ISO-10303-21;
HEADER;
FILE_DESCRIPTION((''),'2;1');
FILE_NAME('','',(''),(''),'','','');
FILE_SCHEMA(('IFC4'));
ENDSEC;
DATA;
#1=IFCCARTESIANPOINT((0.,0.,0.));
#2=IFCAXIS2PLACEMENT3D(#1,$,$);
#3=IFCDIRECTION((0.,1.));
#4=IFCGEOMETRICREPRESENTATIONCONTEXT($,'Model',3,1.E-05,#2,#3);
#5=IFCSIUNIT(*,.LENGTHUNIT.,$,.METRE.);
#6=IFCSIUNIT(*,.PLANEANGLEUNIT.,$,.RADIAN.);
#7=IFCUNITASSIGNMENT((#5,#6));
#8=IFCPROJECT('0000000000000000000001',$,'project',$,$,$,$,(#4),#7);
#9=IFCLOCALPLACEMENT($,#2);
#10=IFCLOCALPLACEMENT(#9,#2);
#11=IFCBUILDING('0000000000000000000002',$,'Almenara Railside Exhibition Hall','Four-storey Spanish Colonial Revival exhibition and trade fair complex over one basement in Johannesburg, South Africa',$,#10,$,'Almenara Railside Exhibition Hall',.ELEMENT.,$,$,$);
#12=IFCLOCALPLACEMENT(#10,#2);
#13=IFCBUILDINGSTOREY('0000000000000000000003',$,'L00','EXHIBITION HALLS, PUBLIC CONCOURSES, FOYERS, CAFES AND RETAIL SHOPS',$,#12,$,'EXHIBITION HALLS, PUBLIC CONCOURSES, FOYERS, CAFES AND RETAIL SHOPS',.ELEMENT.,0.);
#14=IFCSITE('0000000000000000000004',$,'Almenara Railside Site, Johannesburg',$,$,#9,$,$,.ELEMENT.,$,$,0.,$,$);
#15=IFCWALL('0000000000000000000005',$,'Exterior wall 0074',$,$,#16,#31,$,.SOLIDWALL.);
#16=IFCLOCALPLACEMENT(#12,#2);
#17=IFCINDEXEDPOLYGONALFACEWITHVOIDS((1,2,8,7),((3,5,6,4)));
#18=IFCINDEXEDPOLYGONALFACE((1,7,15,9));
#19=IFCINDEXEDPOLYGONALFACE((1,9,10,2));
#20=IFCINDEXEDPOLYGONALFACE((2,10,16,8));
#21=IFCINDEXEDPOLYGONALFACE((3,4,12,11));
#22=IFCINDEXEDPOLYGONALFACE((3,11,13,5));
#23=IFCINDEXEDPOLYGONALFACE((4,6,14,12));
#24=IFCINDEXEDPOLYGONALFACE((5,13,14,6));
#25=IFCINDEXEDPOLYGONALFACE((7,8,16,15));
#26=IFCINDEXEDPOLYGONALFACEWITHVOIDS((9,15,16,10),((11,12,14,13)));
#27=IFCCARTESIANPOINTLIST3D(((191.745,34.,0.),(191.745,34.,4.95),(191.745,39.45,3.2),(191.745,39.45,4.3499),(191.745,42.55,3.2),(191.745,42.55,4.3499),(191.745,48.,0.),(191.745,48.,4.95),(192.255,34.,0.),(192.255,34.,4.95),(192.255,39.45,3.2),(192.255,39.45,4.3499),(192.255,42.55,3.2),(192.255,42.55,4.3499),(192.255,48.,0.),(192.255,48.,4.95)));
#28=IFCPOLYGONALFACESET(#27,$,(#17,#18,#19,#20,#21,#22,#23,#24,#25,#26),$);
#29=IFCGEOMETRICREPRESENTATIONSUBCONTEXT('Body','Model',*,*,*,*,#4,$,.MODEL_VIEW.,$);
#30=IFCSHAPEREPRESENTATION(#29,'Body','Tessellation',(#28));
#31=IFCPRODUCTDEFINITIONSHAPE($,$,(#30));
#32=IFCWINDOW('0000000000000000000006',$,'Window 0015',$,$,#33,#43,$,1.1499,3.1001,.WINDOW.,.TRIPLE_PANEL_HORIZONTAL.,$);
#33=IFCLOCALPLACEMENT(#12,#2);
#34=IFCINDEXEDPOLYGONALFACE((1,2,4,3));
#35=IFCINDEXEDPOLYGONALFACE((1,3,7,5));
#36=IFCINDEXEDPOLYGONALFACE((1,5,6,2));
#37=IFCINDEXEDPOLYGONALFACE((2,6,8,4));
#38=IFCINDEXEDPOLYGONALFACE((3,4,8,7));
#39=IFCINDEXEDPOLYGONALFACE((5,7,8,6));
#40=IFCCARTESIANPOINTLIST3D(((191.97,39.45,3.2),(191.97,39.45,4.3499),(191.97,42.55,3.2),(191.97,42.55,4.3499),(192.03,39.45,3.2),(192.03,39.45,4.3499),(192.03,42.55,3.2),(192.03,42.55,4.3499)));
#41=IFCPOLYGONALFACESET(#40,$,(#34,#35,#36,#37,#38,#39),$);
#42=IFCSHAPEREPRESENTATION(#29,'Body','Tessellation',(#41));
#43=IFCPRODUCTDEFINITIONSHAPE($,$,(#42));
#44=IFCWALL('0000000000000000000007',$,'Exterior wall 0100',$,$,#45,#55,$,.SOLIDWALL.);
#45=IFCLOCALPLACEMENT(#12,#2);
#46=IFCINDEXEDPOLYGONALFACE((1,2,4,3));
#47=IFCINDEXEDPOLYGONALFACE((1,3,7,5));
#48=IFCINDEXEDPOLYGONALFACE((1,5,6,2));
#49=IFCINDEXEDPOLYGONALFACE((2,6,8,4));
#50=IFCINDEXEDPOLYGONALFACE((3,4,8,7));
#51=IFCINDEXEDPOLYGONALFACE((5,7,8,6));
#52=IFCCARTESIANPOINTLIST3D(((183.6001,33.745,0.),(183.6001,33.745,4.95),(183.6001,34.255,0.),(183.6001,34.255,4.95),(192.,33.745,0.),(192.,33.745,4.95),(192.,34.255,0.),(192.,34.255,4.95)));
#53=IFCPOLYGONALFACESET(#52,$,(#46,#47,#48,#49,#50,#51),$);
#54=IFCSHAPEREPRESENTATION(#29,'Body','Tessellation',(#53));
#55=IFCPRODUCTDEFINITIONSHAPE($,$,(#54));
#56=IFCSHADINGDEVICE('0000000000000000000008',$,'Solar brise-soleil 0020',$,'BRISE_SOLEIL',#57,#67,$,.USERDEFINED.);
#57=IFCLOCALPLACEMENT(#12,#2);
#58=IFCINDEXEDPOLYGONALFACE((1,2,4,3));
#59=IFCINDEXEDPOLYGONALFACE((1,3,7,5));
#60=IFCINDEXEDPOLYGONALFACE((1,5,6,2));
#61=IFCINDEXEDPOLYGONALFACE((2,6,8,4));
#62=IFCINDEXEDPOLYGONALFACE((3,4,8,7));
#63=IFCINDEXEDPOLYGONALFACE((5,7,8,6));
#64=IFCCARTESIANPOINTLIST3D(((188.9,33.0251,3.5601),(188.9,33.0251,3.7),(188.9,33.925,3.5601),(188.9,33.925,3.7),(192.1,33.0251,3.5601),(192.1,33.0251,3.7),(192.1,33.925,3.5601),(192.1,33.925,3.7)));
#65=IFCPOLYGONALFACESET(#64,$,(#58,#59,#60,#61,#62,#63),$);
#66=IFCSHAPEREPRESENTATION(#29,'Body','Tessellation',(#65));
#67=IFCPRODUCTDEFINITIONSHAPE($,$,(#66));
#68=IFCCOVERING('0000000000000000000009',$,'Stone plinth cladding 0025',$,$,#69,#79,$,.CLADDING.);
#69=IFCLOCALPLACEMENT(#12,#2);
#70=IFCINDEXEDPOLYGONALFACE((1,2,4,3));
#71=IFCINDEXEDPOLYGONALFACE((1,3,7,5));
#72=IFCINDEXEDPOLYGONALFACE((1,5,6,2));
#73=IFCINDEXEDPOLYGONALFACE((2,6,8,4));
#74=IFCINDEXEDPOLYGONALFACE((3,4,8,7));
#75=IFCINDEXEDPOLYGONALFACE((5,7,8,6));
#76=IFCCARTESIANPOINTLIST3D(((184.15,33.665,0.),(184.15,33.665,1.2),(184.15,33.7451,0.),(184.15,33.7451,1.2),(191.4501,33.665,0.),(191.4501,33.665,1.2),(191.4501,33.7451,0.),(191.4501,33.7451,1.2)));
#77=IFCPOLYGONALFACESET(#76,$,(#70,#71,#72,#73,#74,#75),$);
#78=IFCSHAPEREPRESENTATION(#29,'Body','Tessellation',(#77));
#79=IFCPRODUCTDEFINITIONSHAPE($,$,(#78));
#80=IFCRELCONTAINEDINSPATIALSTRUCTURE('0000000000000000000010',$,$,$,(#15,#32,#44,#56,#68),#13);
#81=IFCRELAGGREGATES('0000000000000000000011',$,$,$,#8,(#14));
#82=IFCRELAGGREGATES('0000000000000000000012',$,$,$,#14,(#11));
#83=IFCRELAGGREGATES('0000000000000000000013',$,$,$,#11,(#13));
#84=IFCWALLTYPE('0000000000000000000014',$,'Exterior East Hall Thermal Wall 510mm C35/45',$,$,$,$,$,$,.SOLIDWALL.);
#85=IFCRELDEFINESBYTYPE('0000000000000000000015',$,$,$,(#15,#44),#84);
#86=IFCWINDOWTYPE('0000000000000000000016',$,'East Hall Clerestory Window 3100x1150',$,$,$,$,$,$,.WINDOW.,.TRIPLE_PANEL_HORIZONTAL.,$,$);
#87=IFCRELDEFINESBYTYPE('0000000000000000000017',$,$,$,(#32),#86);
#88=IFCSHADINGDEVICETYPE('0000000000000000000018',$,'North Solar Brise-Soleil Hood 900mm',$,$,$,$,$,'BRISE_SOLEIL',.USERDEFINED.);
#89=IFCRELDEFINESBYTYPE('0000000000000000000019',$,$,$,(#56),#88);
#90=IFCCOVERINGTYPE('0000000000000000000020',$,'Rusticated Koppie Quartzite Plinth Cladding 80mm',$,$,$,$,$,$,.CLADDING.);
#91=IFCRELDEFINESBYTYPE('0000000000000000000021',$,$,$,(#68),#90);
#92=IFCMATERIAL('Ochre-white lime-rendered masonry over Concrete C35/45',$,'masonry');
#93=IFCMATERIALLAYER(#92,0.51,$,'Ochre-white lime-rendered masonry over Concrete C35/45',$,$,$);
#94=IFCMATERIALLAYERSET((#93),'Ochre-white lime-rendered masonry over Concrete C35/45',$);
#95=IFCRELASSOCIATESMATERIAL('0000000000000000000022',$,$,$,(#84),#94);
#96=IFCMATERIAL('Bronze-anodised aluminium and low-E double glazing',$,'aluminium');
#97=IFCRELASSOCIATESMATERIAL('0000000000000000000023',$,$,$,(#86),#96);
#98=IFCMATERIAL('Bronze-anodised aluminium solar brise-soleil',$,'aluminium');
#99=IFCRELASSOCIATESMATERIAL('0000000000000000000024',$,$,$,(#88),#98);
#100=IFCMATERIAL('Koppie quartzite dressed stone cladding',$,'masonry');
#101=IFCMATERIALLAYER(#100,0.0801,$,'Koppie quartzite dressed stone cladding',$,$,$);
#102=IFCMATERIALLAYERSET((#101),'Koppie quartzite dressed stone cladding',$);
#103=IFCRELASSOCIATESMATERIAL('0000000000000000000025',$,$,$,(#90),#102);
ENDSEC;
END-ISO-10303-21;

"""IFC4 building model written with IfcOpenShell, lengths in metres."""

from ifc_helpers import new_model, si_unit, direction, frame, frame_2d, origin, origin_2d, place, context, subcontext, project, spatial, rectangle, extrude, material, layer, layer_set, type_object, element, fill, save


model = new_model("IFC4")

# Units and contexts
model_context = context("Model", 3, precision=1e-05, world=origin(), true_north=direction((0.0, 1.0)))
body_context = subcontext(model_context, "Body", "Model", "MODEL_VIEW")
ifc_project = project(units=[si_unit("LENGTHUNIT", "METRE"), si_unit("PLANEANGLEUNIT", "RADIAN")], contexts=[model_context])

# Site, building, storey
site_placement = place(None, origin())
site = spatial("IfcSite", under=ifc_project, at=site_placement, Name="Almenara Railside Site, Johannesburg", CompositionType="ELEMENT", RefElevation=0.0)
building_placement = place(site_placement, origin())
building = spatial("IfcBuilding", under=site, at=building_placement, Name="Almenara Railside Exhibition Hall", Description="Four-storey Spanish Colonial Revival exhibition and trade fair complex over one basement in Johannesburg, South Africa", LongName="Almenara Railside Exhibition Hall", CompositionType="ELEMENT")
storey_placement = place(building_placement, origin())
storey = spatial("IfcBuildingStorey", under=building, at=storey_placement, Name="L00", Description="EXHIBITION HALLS, PUBLIC CONCOURSES, FOYERS, CAFES AND RETAIL SHOPS", LongName="EXHIBITION HALLS, PUBLIC CONCOURSES, FOYERS, CAFES AND RETAIL SHOPS", CompositionType="ELEMENT", Elevation=0.0)

# Shared definitions
ifc_material_1 = material(Name="Ochre-white lime-rendered masonry over Concrete C35/45", Category="masonry")

# Wall, opening, window
ifc_material_2 = material(Name="Bronze-anodised aluminium and low-E double glazing", Category="aluminium")
ifc_layer_1 = layer(ifc_material_1, 0.51, Name="Ochre-white lime-rendered masonry over Concrete C35/45")
ifc_layer_set_1 = layer_set([ifc_layer_1], Name="Ochre-white lime-rendered masonry over Concrete C35/45")
wall_type_1 = type_object("IfcWallType", Name="Exterior East Hall Thermal Wall 510mm C35/45", PredefinedType="SOLIDWALL", material=ifc_layer_set_1)
wall_1_placement = place(storey_placement, frame((192.0, 34.0, 0.0), z_axis=(0.0, 0.0, 1.0), x_axis=(0.0, 1.0, 0.0)))
wall_1 = element("IfcWall", 1, at=wall_1_placement, inside=storey, type_object=wall_type_1, Name="Exterior wall 0074", PredefinedType="SOLIDWALL", context=body_context, shape_type="SweptSolid", body=[
    extrude(rectangle(XDim=14.0, YDim=0.51, at=frame_2d((7.0, 0.0))), origin(), (0.0, 0.0, 1.0), 4.95),
])
opening_1_placement = place(wall_1_placement, frame((5.45, 0.0, 3.2)))
opening_1 = element("IfcOpeningElement", 2, at=opening_1_placement, cuts=wall_1, PredefinedType="OPENING", context=body_context, shape_type="SweptSolid", body=[
    extrude(rectangle(XDim=3.1001, YDim=1.1499, at=frame_2d((1.55, 0.575))), frame((0.0, 0.2649, 0.0), z_axis=(0.0, -1.0, 0.0), x_axis=(1.0, 0.0, 0.0)), (0.0, 0.0, 1.0), 0.53),
])
window_type_1 = type_object("IfcWindowType", Name="East Hall Clerestory Window 3100x1150", PartitioningType="TRIPLE_PANEL_HORIZONTAL", PredefinedType="WINDOW", material=ifc_material_2)
window_1_placement = place(opening_1_placement, origin())
window_1 = element("IfcWindow", 3, at=window_1_placement, inside=storey, type_object=window_type_1, Name="Window 0015", OverallHeight=1.1499, OverallWidth=3.1001, PartitioningType="TRIPLE_PANEL_HORIZONTAL", PredefinedType="WINDOW", context=body_context, shape_type="SweptSolid", body=[
    extrude(rectangle(XDim=3.1001, YDim=1.1499, at=frame_2d((1.55, 0.575))), frame((0.0, 0.03, 0.0), z_axis=(0.0, -1.0, 0.0), x_axis=(1.0, 0.0, 0.0)), (0.0, 0.0, 1.0), 0.0601),
])
fill(opening_1, window_1)

# Wall
wall_2_placement = place(storey_placement, frame((183.6001, 34.0, 0.0), z_axis=(0.0, 0.0, 1.0), x_axis=(1.0, 0.0, 0.0)))
element("IfcWall", 4, at=wall_2_placement, inside=storey, type_object=wall_type_1, Name="Exterior wall 0100", PredefinedType="SOLIDWALL", context=body_context, shape_type="SweptSolid", body=[
    extrude(rectangle(XDim=8.3999, YDim=0.51, at=frame_2d((4.2, 0.0))), origin(), (0.0, 0.0, 1.0), 4.95),
])

# Shading device
ifc_material_3 = material(Name="Bronze-anodised aluminium solar brise-soleil", Category="aluminium")
shading_device_type = type_object("IfcShadingDeviceType", Name="North Solar Brise-Soleil Hood 900mm", ElementType="BRISE_SOLEIL", PredefinedType="USERDEFINED", material=ifc_material_3)
shading_device_placement = place(storey_placement, frame((190.5, 33.4751, 3.5601), z_axis=(0.0, 0.0, 1.0), x_axis=(-1.0, 0.0, 0.0)))
element("IfcShadingDevice", 5, at=shading_device_placement, inside=storey, type_object=shading_device_type, Name="Solar brise-soleil 0020", ObjectType="BRISE_SOLEIL", PredefinedType="USERDEFINED", context=body_context, shape_type="SweptSolid", body=[
    extrude(rectangle(XDim=3.2, YDim=0.8999, at=origin_2d()), origin(), (0.0, 0.0, 1.0), 0.1399),
])

# Covering
ifc_material_4 = material(Name="Koppie quartzite dressed stone cladding", Category="masonry")
ifc_layer_2 = layer(ifc_material_4, 0.0801, Name="Koppie quartzite dressed stone cladding")
ifc_layer_set_2 = layer_set([ifc_layer_2], Name="Koppie quartzite dressed stone cladding")
covering_type = type_object("IfcCoveringType", Name="Rusticated Koppie Quartzite Plinth Cladding 80mm", PredefinedType="CLADDING", material=ifc_layer_set_2)
covering_placement = place(storey_placement, frame((187.8, 33.7051, 0.0), z_axis=(0.0, 0.0, 1.0), x_axis=(1.0, 0.0, 0.0)))
element("IfcCovering", 6, at=covering_placement, inside=storey, type_object=covering_type, Name="Stone plinth cladding 0025", PredefinedType="CLADDING", context=body_context, shape_type="SweptSolid", body=[
    extrude(rectangle(XDim=7.3, YDim=0.0801, at=origin_2d()), origin(), (0.0, 0.0, 1.0), 1.2),
])

save(model, "model.ifc")
